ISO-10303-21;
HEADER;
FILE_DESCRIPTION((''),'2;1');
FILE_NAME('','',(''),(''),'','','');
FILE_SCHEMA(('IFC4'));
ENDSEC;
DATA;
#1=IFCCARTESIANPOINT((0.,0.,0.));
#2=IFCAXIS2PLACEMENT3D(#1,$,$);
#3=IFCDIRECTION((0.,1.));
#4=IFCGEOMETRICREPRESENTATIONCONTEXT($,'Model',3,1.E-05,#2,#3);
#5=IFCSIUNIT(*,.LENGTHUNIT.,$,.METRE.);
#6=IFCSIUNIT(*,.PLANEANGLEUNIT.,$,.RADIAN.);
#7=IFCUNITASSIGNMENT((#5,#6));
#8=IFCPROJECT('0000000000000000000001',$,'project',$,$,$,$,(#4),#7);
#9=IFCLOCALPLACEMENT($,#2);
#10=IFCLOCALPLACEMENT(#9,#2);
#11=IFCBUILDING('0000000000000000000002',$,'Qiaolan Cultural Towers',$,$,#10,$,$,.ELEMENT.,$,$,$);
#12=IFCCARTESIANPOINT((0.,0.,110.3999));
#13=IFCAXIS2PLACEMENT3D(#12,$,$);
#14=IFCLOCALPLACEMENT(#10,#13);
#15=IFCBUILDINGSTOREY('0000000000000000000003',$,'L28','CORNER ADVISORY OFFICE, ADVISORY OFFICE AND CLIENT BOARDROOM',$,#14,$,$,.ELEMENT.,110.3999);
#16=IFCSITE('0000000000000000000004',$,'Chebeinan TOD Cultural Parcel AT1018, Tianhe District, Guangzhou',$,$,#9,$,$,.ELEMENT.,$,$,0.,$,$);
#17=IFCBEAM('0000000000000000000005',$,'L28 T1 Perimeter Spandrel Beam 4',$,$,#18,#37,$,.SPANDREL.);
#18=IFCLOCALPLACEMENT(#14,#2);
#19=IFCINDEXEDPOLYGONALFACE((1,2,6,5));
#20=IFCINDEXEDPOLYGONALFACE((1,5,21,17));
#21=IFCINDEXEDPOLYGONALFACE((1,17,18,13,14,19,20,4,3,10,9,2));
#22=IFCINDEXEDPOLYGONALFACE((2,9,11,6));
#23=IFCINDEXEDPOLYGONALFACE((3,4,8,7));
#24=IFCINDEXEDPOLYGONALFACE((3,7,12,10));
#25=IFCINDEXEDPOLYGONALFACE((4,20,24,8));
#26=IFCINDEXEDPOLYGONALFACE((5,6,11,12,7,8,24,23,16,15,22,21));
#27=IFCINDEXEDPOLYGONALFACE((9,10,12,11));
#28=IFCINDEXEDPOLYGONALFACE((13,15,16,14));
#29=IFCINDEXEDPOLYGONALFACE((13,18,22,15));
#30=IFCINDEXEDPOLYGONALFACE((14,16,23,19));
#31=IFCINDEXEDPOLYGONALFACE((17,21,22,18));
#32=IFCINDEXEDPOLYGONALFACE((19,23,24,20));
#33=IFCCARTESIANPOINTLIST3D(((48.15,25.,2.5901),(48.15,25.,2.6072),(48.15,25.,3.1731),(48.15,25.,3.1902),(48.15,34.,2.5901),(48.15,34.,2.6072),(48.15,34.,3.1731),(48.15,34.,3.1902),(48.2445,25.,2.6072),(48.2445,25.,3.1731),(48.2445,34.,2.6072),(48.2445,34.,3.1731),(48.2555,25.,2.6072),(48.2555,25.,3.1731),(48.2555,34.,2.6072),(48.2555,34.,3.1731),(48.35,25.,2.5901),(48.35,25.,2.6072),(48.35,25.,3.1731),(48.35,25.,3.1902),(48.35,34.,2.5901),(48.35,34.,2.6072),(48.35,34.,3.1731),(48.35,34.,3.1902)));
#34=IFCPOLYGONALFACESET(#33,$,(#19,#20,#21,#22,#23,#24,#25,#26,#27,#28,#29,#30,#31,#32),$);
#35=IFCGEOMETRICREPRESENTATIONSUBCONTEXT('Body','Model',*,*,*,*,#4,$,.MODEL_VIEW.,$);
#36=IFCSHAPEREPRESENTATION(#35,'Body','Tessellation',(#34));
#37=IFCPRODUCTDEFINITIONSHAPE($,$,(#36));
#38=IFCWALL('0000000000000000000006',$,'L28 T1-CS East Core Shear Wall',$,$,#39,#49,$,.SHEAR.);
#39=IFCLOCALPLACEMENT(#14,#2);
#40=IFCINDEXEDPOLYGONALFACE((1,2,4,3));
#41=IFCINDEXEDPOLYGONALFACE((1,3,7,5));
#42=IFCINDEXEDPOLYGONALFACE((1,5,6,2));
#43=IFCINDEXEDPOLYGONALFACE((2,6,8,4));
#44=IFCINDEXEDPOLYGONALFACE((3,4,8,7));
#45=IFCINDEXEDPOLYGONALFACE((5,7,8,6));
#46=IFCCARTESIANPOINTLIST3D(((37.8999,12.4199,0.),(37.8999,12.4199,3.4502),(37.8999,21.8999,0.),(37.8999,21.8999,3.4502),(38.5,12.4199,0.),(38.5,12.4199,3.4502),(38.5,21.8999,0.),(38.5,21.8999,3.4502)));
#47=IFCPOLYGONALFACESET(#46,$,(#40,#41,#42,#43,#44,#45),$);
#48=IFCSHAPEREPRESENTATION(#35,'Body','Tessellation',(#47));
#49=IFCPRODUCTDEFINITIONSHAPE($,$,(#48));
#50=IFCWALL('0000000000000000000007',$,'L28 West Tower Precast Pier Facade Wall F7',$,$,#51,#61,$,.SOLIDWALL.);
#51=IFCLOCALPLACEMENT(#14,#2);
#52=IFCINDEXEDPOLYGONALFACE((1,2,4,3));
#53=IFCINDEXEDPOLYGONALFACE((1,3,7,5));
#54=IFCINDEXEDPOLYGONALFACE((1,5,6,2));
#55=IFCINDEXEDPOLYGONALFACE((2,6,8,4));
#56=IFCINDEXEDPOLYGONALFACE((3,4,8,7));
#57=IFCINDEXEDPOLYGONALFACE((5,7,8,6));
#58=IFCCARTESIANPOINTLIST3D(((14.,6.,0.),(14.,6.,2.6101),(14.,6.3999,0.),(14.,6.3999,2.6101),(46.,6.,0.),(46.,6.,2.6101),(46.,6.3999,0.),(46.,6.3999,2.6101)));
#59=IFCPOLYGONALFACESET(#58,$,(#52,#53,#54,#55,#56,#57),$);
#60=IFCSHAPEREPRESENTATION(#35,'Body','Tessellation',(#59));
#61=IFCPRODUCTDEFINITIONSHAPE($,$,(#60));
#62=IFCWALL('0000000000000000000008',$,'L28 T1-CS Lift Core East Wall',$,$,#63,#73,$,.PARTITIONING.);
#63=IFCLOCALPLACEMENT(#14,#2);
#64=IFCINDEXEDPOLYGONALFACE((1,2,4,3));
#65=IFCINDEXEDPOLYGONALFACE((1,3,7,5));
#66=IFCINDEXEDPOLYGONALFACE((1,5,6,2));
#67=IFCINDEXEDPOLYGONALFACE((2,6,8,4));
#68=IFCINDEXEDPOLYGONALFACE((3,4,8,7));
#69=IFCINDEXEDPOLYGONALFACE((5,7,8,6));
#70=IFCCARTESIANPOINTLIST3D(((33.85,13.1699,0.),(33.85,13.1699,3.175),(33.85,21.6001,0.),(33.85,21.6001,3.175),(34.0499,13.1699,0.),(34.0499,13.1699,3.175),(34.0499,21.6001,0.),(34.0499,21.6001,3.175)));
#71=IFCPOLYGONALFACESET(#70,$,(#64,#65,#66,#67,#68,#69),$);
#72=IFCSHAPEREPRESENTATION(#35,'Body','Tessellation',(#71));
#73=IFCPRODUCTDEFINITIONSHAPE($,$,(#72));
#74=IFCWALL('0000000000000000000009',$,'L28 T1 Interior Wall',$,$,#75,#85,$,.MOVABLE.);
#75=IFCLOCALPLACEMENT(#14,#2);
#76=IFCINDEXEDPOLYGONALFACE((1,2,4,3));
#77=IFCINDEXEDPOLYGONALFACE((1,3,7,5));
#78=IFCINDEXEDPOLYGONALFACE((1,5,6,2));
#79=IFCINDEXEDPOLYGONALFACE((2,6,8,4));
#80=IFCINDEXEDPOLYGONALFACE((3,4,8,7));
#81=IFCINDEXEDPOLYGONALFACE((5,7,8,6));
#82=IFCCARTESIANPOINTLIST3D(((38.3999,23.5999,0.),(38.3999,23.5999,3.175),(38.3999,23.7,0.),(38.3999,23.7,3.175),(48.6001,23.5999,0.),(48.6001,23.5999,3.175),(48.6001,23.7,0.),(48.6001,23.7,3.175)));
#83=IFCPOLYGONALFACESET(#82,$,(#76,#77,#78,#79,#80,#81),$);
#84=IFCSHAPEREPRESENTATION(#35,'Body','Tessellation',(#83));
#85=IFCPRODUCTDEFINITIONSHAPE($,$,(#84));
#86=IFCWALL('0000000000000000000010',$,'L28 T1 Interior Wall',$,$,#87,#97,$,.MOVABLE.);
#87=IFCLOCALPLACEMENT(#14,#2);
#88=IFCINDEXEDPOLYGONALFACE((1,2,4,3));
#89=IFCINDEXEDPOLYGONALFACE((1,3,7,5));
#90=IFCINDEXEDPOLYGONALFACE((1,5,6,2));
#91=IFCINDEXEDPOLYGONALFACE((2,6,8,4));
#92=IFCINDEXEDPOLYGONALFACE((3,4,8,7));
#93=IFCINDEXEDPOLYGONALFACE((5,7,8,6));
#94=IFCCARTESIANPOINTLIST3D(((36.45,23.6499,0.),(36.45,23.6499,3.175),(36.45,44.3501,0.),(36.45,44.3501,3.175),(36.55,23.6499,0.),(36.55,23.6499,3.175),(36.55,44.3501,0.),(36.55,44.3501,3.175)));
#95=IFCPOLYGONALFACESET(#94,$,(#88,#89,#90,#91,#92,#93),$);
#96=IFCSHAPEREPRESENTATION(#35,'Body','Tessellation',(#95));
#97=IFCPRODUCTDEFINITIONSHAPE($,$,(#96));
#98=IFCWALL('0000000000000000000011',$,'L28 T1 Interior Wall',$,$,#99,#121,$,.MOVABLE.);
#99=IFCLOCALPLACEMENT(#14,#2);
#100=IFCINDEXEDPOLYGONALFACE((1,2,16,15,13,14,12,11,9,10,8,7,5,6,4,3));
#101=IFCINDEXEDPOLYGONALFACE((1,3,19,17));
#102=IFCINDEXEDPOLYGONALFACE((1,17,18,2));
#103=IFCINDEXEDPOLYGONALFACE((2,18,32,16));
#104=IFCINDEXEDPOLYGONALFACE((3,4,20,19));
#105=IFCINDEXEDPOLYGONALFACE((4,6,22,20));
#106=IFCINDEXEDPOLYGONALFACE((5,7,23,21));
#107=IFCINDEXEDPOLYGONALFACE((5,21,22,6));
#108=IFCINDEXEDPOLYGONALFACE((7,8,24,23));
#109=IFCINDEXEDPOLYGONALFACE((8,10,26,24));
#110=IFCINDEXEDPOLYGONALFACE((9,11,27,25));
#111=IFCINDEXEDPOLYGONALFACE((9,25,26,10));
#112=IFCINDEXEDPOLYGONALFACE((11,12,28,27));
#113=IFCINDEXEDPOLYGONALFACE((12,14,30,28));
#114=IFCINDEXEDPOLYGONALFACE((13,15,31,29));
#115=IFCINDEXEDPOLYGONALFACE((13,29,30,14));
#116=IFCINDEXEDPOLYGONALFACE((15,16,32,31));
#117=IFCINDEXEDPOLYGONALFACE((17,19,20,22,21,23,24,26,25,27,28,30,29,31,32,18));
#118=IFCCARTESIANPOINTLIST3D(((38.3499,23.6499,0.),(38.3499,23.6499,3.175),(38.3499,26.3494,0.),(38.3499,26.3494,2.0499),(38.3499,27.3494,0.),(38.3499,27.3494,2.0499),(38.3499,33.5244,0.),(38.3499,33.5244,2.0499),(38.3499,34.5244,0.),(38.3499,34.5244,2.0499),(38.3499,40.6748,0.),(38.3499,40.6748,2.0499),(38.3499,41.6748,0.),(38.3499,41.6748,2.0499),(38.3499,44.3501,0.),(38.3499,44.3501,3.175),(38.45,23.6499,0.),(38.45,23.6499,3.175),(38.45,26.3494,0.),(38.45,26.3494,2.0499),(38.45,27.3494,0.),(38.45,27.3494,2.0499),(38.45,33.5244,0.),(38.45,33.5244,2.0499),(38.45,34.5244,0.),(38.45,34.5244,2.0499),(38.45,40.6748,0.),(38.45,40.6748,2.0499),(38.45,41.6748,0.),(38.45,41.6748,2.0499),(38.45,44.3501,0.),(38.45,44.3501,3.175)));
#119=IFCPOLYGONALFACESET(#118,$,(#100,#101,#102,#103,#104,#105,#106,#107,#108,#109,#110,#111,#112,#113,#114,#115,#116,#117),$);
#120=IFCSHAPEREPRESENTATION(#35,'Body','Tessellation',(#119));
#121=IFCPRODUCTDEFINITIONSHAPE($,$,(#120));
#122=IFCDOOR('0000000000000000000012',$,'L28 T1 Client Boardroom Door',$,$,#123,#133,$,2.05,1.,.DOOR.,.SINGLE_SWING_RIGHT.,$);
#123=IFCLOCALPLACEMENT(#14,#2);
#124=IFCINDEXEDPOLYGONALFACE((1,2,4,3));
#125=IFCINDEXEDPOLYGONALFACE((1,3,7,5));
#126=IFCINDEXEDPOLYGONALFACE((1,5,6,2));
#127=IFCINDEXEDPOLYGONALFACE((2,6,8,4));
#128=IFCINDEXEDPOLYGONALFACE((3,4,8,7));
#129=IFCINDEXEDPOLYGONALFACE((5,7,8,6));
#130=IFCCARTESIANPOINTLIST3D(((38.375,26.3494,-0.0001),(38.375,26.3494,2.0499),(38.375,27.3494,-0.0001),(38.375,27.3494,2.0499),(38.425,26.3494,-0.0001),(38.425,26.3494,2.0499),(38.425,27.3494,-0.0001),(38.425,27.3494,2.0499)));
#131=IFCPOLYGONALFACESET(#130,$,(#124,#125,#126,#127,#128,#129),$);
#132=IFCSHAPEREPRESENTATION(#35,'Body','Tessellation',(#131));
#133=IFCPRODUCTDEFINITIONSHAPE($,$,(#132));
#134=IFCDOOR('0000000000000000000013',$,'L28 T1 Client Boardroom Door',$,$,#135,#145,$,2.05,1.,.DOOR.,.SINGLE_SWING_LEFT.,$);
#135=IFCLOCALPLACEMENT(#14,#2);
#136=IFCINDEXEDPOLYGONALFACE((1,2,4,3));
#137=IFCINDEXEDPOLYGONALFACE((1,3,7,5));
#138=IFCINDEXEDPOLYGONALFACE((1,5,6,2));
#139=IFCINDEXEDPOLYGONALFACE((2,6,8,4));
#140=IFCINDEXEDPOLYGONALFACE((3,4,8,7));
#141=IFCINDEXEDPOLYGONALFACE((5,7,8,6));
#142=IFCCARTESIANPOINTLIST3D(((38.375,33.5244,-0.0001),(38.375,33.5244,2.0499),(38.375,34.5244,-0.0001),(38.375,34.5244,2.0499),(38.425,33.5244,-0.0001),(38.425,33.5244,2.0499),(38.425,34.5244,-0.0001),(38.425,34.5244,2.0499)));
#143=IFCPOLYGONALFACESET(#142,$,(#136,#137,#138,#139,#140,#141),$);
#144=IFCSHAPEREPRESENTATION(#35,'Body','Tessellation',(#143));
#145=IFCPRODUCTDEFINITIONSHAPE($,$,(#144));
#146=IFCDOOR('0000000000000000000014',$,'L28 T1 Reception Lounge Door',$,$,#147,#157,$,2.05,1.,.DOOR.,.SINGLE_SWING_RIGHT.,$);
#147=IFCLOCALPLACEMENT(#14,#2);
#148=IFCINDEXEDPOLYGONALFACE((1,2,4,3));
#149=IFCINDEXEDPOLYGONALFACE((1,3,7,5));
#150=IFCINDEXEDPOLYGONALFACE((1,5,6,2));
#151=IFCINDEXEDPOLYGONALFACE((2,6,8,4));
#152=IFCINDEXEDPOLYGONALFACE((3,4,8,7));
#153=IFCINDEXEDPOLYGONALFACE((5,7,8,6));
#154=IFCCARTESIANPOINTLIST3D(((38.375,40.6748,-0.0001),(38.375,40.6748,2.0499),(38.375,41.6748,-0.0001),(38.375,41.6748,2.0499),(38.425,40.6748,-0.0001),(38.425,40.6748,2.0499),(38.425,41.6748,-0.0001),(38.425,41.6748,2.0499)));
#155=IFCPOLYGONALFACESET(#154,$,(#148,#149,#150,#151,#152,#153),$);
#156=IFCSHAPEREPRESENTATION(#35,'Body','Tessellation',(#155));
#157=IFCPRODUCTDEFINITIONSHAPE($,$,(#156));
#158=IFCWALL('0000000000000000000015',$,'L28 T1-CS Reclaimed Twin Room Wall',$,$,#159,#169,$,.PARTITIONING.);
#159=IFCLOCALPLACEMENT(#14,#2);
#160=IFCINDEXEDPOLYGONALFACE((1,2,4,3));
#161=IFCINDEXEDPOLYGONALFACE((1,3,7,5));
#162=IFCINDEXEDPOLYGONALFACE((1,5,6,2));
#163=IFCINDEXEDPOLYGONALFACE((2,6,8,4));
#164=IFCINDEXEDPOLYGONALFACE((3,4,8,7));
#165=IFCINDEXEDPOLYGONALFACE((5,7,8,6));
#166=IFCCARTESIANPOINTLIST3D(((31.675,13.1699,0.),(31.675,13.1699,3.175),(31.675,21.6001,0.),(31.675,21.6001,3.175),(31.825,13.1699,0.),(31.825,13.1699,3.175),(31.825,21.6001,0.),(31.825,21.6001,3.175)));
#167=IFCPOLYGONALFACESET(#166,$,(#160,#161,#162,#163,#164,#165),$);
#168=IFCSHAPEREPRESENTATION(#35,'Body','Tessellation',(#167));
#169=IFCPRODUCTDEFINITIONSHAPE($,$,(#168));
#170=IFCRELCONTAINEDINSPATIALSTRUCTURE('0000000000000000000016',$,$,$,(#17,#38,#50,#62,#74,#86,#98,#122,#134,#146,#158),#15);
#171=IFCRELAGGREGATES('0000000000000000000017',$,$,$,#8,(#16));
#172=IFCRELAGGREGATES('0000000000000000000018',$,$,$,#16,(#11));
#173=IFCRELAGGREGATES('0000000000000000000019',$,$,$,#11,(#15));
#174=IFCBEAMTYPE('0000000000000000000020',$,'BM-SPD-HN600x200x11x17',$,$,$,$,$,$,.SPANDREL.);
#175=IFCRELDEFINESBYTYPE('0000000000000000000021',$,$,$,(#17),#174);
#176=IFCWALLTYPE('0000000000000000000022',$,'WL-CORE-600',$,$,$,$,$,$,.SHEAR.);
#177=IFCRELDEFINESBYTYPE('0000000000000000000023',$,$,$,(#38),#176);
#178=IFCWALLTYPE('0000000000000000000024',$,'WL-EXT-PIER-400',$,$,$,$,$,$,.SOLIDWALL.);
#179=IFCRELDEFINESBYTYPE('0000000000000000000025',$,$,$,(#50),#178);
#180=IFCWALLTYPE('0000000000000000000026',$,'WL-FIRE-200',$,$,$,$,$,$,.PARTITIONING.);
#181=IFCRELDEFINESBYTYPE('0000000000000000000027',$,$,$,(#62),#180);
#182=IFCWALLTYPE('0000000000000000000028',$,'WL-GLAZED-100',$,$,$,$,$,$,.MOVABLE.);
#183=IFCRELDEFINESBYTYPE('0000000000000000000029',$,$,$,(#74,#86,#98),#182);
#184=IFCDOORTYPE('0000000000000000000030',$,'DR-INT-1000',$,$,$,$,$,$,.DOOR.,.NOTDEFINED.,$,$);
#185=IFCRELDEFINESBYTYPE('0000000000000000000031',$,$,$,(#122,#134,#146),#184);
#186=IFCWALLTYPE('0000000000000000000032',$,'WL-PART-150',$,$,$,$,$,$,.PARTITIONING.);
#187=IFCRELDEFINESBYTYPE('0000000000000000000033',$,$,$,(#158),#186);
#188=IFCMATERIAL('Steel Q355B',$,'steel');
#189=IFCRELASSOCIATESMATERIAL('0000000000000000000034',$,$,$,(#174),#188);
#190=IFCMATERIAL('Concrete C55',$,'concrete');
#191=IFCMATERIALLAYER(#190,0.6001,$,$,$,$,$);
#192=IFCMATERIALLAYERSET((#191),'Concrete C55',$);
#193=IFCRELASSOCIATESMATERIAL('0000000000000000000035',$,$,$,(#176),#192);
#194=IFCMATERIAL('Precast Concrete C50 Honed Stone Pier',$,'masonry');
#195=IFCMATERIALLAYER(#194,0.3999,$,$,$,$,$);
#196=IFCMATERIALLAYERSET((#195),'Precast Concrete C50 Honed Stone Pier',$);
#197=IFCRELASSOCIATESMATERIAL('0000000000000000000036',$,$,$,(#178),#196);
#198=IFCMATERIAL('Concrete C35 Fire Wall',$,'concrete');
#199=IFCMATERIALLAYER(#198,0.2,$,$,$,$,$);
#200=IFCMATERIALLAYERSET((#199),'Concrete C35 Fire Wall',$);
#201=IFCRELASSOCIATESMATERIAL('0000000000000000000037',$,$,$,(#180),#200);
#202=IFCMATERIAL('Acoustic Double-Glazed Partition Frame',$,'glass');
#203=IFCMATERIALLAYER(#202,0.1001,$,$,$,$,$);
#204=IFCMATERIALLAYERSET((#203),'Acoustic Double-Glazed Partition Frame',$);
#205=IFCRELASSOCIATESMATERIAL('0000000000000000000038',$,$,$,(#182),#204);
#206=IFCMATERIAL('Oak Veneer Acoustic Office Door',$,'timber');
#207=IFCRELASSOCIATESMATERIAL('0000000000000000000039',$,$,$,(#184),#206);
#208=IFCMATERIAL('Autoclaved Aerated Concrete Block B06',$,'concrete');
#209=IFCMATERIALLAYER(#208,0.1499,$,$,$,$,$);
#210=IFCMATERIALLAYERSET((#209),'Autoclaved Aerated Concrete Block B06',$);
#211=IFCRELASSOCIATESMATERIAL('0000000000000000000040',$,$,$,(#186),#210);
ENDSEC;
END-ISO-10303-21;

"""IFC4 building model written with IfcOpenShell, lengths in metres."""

from ifc_helpers import new_model, si_unit, direction, frame, frame_2d, origin, origin_2d, place, context, subcontext, project, spatial, rectangle, i_section, extrude, material, layer, layer_set, material_profile, profile_set, type_object, element, fill, save


model = new_model("IFC4")

# Units and contexts
model_context = context("Model", 3, precision=1e-05, world=origin(), true_north=direction((0.0, 1.0)))
body_context = subcontext(model_context, "Body", "Model", "MODEL_VIEW")
ifc_project = project(units=[si_unit("LENGTHUNIT", "METRE"), si_unit("PLANEANGLEUNIT", "RADIAN")], contexts=[model_context])

# Site, building, storey
site_placement = place(None, origin())
site = spatial("IfcSite", under=ifc_project, at=site_placement, Name="Chebeinan TOD Cultural Parcel AT1018, Tianhe District, Guangzhou", CompositionType="ELEMENT", RefElevation=0.0)
building_placement = place(site_placement, origin())
building = spatial("IfcBuilding", under=site, at=building_placement, Name="Qiaolan Cultural Towers", CompositionType="ELEMENT")
storey_placement = place(building_placement, frame((0.0, 0.0, 110.3999)))
storey = spatial("IfcBuildingStorey", under=building, at=storey_placement, Name="L28", Description="CORNER ADVISORY OFFICE, ADVISORY OFFICE AND CLIENT BOARDROOM", CompositionType="ELEMENT", Elevation=110.3999)

# Beam
ifc_material_1 = material(Name="Steel Q355B", Category="steel")
ifc_material_profile_1 = material_profile(ifc_material_1, i_section(OverallWidth=0.2, OverallDepth=0.6001, WebThickness=0.011, FlangeThickness=0.0171, at=origin_2d()), Name="HN600x200x11x17")
ifc_profile_set_1 = profile_set([ifc_material_profile_1], Name="Steel Q355B")
beam_type_1 = type_object("IfcBeamType", Name="BM-SPD-HN600x200x11x17", PredefinedType="SPANDREL", material=ifc_profile_set_1)
beam_1_placement = place(storey_placement, frame((48.25, 25.0, 2.8901), z_axis=(0.0, 1.0, 0.0), x_axis=(-1.0, 0.0, 0.0)))
element("IfcBeam", 1, at=beam_1_placement, inside=storey, type_object=beam_type_1, Name="L28 T1 Perimeter Spandrel Beam 4", PredefinedType="SPANDREL", context=body_context, shape_type="SweptSolid", body=[
    extrude(i_section(OverallWidth=0.2, OverallDepth=0.6001, WebThickness=0.011, FlangeThickness=0.0171, at=origin_2d()), origin(), (0.0, 0.0, 1.0), 9.0),
])

# Walls
ifc_material_2 = material(Name="Concrete C55", Category="concrete")
ifc_layer_1 = layer(ifc_material_2, 0.6001)
ifc_layer_set_1 = layer_set([ifc_layer_1], Name="Concrete C55")
wall_type_1 = type_object("IfcWallType", Name="WL-CORE-600", PredefinedType="SHEAR", material=ifc_layer_set_1)
wall_1_placement = place(storey_placement, frame((38.2, 21.8999, 0.0), z_axis=(0.0, 0.0, 1.0), x_axis=(0.0, -1.0, 0.0)))
element("IfcWall", 2, at=wall_1_placement, inside=storey, type_object=wall_type_1, Name="L28 T1-CS East Core Shear Wall", PredefinedType="SHEAR", context=body_context, shape_type="SweptSolid", body=[
    extrude(rectangle(XDim=9.48, YDim=0.6001, at=frame_2d((4.74, 0.0))), origin(), (0.0, 0.0, 1.0), 3.4502),
])
ifc_material_3 = material(Name="Precast Concrete C50 Honed Stone Pier", Category="masonry")
ifc_layer_2 = layer(ifc_material_3, 0.3999)
ifc_layer_set_2 = layer_set([ifc_layer_2], Name="Precast Concrete C50 Honed Stone Pier")
wall_type_2 = type_object("IfcWallType", Name="WL-EXT-PIER-400", PredefinedType="SOLIDWALL", material=ifc_layer_set_2)
wall_2_placement = place(storey_placement, frame((46.0, 6.2, 0.0), z_axis=(0.0, 0.0, 1.0), x_axis=(-1.0, 0.0, 0.0)))
element("IfcWall", 3, at=wall_2_placement, inside=storey, type_object=wall_type_2, Name="L28 West Tower Precast Pier Facade Wall F7", PredefinedType="SOLIDWALL", context=body_context, shape_type="SweptSolid", body=[
    extrude(rectangle(XDim=32.0, YDim=0.3999, at=frame_2d((16.0, 0.0))), origin(), (0.0, 0.0, 1.0), 2.6101),
])
ifc_material_4 = material(Name="Concrete C35 Fire Wall", Category="concrete")
ifc_layer_3 = layer(ifc_material_4, 0.2)
ifc_layer_set_3 = layer_set([ifc_layer_3], Name="Concrete C35 Fire Wall")
wall_type_3 = type_object("IfcWallType", Name="WL-FIRE-200", PredefinedType="PARTITIONING", material=ifc_layer_set_3)
wall_3_placement = place(storey_placement, frame((33.95, 21.6001, 0.0), z_axis=(0.0, 0.0, 1.0), x_axis=(0.0, -1.0, 0.0)))
element("IfcWall", 4, at=wall_3_placement, inside=storey, type_object=wall_type_3, Name="L28 T1-CS Lift Core East Wall", PredefinedType="PARTITIONING", context=body_context, shape_type="SweptSolid", body=[
    extrude(rectangle(XDim=8.4302, YDim=0.2, at=frame_2d((4.2151, 0.0))), origin(), (0.0, 0.0, 1.0), 3.175),
])
ifc_material_5 = material(Name="Acoustic Double-Glazed Partition Frame", Category="glass")
ifc_layer_4 = layer(ifc_material_5, 0.1001)
ifc_layer_set_4 = layer_set([ifc_layer_4], Name="Acoustic Double-Glazed Partition Frame")
wall_type_4 = type_object("IfcWallType", Name="WL-GLAZED-100", PredefinedType="MOVABLE", material=ifc_layer_set_4)
wall_4_placement = place(storey_placement, frame((38.3999, 23.6499, 0.0), z_axis=(0.0, 0.0, 1.0), x_axis=(1.0, 0.0, 0.0)))
element("IfcWall", 5, at=wall_4_placement, inside=storey, type_object=wall_type_4, Name="L28 T1 Interior Wall", PredefinedType="MOVABLE", context=body_context, shape_type="SweptSolid", body=[
    extrude(rectangle(XDim=10.2002, YDim=0.1001, at=frame_2d((5.1001, 0.0))), origin(), (0.0, 0.0, 1.0), 3.175),
])
wall_5_placement = place(storey_placement, frame((36.5, 23.6499, 0.0), z_axis=(0.0, 0.0, 1.0), x_axis=(0.0, 1.0, 0.0)))
element("IfcWall", 6, at=wall_5_placement, inside=storey, type_object=wall_type_4, Name="L28 T1 Interior Wall", PredefinedType="MOVABLE", context=body_context, shape_type="SweptSolid", body=[
    extrude(rectangle(XDim=20.7002, YDim=0.1001, at=frame_2d((10.3501, 0.0))), origin(), (0.0, 0.0, 1.0), 3.175),
])

# Wall, openings, doors
wall_6_placement = place(storey_placement, frame((38.3999, 23.6499, 0.0), z_axis=(0.0, 0.0, 1.0), x_axis=(0.0, 1.0, 0.0)))
wall_6 = element("IfcWall", 7, at=wall_6_placement, inside=storey, type_object=wall_type_4, Name="L28 T1 Interior Wall", PredefinedType="MOVABLE", context=body_context, shape_type="SweptSolid", body=[
    extrude(rectangle(XDim=20.7002, YDim=0.1001, at=frame_2d((10.3501, 0.0))), origin(), (0.0, 0.0, 1.0), 3.175),
])
opening_1_placement = place(wall_6_placement, frame((2.6995, 0.0, 0.0)))
opening_1 = element("IfcOpeningElement", 8, at=opening_1_placement, cuts=wall_6, PredefinedType="OPENING", context=body_context, shape_type="SweptSolid", body=[
    extrude(rectangle(XDim=1.0, YDim=2.05, at=frame_2d((0.5, 1.0249))), frame((0.0, 0.0601, 0.0), z_axis=(0.0, -1.0, 0.0), x_axis=(1.0, 0.0, 0.0)), (0.0, 0.0, 1.0), 0.1201),
])
opening_2_placement = place(wall_6_placement, frame((9.8745, 0.0, 0.0)))
opening_2 = element("IfcOpeningElement", 9, at=opening_2_placement, cuts=wall_6, PredefinedType="OPENING", context=body_context, shape_type="SweptSolid", body=[
    extrude(rectangle(XDim=1.0, YDim=2.05, at=frame_2d((0.5, 1.0249))), frame((0.0, 0.0601, 0.0), z_axis=(0.0, -1.0, 0.0), x_axis=(1.0, 0.0, 0.0)), (0.0, 0.0, 1.0), 0.1201),
])
opening_3_placement = place(wall_6_placement, frame((17.0249, 0.0, 0.0)))
opening_3 = element("IfcOpeningElement", 10, at=opening_3_placement, cuts=wall_6, PredefinedType="OPENING", context=body_context, shape_type="SweptSolid", body=[
    extrude(rectangle(XDim=1.0, YDim=2.05, at=frame_2d((0.5, 1.0249))), frame((0.0, 0.0601, 0.0), z_axis=(0.0, -1.0, 0.0), x_axis=(1.0, 0.0, 0.0)), (0.0, 0.0, 1.0), 0.1201),
])
ifc_material_6 = material(Name="Oak Veneer Acoustic Office Door", Category="timber")
door_type_1 = type_object("IfcDoorType", Name="DR-INT-1000", OperationType="NOTDEFINED", PredefinedType="DOOR", material=ifc_material_6)
door_1_placement = place(opening_1_placement, origin())
door_1 = element("IfcDoor", 11, at=door_1_placement, inside=storey, type_object=door_type_1, Name="L28 T1 Client Boardroom Door", OperationType="SINGLE_SWING_RIGHT", OverallHeight=2.05, OverallWidth=1.0, PredefinedType="DOOR", context=body_context, shape_type="SweptSolid", body=[
    extrude(rectangle(XDim=1.0, YDim=2.05, at=frame_2d((0.5, 1.0249))), frame((0.0, 0.0249, 0.0), z_axis=(0.0, -1.0, 0.0), x_axis=(1.0, 0.0, 0.0)), (0.0, 0.0, 1.0), 0.05),
])
fill(opening_1, door_1)
door_2_placement = place(opening_2_placement, origin())
door_2 = element("IfcDoor", 12, at=door_2_placement, inside=storey, type_object=door_type_1, Name="L28 T1 Client Boardroom Door", OperationType="SINGLE_SWING_LEFT", OverallHeight=2.05, OverallWidth=1.0, PredefinedType="DOOR", context=body_context, shape_type="SweptSolid", body=[
    extrude(rectangle(XDim=1.0, YDim=2.05, at=frame_2d((0.5, 1.0249))), frame((0.0, 0.0249, 0.0), z_axis=(0.0, -1.0, 0.0), x_axis=(1.0, 0.0, 0.0)), (0.0, 0.0, 1.0), 0.05),
])
fill(opening_2, door_2)
door_3_placement = place(opening_3_placement, origin())
door_3 = element("IfcDoor", 13, at=door_3_placement, inside=storey, type_object=door_type_1, Name="L28 T1 Reception Lounge Door", OperationType="SINGLE_SWING_RIGHT", OverallHeight=2.05, OverallWidth=1.0, PredefinedType="DOOR", context=body_context, shape_type="SweptSolid", body=[
    extrude(rectangle(XDim=1.0, YDim=2.05, at=frame_2d((0.5, 1.0249))), frame((0.0, 0.0249, 0.0), z_axis=(0.0, -1.0, 0.0), x_axis=(1.0, 0.0, 0.0)), (0.0, 0.0, 1.0), 0.05),
])
fill(opening_3, door_3)

# Wall
ifc_material_7 = material(Name="Autoclaved Aerated Concrete Block B06", Category="concrete")
ifc_layer_5 = layer(ifc_material_7, 0.1499)
ifc_layer_set_5 = layer_set([ifc_layer_5], Name="Autoclaved Aerated Concrete Block B06")
wall_type_5 = type_object("IfcWallType", Name="WL-PART-150", PredefinedType="PARTITIONING", material=ifc_layer_set_5)
wall_7_placement = place(storey_placement, frame((31.75, 21.6001, 0.0), z_axis=(0.0, 0.0, 1.0), x_axis=(0.0, -1.0, 0.0)))
element("IfcWall", 14, at=wall_7_placement, inside=storey, type_object=wall_type_5, Name="L28 T1-CS Reclaimed Twin Room Wall", PredefinedType="PARTITIONING", context=body_context, shape_type="SweptSolid", body=[
    extrude(rectangle(XDim=8.4302, YDim=0.1499, at=frame_2d((4.2151, 0.0))), origin(), (0.0, 0.0, 1.0), 3.175),
])

save(model, "model.ifc")
